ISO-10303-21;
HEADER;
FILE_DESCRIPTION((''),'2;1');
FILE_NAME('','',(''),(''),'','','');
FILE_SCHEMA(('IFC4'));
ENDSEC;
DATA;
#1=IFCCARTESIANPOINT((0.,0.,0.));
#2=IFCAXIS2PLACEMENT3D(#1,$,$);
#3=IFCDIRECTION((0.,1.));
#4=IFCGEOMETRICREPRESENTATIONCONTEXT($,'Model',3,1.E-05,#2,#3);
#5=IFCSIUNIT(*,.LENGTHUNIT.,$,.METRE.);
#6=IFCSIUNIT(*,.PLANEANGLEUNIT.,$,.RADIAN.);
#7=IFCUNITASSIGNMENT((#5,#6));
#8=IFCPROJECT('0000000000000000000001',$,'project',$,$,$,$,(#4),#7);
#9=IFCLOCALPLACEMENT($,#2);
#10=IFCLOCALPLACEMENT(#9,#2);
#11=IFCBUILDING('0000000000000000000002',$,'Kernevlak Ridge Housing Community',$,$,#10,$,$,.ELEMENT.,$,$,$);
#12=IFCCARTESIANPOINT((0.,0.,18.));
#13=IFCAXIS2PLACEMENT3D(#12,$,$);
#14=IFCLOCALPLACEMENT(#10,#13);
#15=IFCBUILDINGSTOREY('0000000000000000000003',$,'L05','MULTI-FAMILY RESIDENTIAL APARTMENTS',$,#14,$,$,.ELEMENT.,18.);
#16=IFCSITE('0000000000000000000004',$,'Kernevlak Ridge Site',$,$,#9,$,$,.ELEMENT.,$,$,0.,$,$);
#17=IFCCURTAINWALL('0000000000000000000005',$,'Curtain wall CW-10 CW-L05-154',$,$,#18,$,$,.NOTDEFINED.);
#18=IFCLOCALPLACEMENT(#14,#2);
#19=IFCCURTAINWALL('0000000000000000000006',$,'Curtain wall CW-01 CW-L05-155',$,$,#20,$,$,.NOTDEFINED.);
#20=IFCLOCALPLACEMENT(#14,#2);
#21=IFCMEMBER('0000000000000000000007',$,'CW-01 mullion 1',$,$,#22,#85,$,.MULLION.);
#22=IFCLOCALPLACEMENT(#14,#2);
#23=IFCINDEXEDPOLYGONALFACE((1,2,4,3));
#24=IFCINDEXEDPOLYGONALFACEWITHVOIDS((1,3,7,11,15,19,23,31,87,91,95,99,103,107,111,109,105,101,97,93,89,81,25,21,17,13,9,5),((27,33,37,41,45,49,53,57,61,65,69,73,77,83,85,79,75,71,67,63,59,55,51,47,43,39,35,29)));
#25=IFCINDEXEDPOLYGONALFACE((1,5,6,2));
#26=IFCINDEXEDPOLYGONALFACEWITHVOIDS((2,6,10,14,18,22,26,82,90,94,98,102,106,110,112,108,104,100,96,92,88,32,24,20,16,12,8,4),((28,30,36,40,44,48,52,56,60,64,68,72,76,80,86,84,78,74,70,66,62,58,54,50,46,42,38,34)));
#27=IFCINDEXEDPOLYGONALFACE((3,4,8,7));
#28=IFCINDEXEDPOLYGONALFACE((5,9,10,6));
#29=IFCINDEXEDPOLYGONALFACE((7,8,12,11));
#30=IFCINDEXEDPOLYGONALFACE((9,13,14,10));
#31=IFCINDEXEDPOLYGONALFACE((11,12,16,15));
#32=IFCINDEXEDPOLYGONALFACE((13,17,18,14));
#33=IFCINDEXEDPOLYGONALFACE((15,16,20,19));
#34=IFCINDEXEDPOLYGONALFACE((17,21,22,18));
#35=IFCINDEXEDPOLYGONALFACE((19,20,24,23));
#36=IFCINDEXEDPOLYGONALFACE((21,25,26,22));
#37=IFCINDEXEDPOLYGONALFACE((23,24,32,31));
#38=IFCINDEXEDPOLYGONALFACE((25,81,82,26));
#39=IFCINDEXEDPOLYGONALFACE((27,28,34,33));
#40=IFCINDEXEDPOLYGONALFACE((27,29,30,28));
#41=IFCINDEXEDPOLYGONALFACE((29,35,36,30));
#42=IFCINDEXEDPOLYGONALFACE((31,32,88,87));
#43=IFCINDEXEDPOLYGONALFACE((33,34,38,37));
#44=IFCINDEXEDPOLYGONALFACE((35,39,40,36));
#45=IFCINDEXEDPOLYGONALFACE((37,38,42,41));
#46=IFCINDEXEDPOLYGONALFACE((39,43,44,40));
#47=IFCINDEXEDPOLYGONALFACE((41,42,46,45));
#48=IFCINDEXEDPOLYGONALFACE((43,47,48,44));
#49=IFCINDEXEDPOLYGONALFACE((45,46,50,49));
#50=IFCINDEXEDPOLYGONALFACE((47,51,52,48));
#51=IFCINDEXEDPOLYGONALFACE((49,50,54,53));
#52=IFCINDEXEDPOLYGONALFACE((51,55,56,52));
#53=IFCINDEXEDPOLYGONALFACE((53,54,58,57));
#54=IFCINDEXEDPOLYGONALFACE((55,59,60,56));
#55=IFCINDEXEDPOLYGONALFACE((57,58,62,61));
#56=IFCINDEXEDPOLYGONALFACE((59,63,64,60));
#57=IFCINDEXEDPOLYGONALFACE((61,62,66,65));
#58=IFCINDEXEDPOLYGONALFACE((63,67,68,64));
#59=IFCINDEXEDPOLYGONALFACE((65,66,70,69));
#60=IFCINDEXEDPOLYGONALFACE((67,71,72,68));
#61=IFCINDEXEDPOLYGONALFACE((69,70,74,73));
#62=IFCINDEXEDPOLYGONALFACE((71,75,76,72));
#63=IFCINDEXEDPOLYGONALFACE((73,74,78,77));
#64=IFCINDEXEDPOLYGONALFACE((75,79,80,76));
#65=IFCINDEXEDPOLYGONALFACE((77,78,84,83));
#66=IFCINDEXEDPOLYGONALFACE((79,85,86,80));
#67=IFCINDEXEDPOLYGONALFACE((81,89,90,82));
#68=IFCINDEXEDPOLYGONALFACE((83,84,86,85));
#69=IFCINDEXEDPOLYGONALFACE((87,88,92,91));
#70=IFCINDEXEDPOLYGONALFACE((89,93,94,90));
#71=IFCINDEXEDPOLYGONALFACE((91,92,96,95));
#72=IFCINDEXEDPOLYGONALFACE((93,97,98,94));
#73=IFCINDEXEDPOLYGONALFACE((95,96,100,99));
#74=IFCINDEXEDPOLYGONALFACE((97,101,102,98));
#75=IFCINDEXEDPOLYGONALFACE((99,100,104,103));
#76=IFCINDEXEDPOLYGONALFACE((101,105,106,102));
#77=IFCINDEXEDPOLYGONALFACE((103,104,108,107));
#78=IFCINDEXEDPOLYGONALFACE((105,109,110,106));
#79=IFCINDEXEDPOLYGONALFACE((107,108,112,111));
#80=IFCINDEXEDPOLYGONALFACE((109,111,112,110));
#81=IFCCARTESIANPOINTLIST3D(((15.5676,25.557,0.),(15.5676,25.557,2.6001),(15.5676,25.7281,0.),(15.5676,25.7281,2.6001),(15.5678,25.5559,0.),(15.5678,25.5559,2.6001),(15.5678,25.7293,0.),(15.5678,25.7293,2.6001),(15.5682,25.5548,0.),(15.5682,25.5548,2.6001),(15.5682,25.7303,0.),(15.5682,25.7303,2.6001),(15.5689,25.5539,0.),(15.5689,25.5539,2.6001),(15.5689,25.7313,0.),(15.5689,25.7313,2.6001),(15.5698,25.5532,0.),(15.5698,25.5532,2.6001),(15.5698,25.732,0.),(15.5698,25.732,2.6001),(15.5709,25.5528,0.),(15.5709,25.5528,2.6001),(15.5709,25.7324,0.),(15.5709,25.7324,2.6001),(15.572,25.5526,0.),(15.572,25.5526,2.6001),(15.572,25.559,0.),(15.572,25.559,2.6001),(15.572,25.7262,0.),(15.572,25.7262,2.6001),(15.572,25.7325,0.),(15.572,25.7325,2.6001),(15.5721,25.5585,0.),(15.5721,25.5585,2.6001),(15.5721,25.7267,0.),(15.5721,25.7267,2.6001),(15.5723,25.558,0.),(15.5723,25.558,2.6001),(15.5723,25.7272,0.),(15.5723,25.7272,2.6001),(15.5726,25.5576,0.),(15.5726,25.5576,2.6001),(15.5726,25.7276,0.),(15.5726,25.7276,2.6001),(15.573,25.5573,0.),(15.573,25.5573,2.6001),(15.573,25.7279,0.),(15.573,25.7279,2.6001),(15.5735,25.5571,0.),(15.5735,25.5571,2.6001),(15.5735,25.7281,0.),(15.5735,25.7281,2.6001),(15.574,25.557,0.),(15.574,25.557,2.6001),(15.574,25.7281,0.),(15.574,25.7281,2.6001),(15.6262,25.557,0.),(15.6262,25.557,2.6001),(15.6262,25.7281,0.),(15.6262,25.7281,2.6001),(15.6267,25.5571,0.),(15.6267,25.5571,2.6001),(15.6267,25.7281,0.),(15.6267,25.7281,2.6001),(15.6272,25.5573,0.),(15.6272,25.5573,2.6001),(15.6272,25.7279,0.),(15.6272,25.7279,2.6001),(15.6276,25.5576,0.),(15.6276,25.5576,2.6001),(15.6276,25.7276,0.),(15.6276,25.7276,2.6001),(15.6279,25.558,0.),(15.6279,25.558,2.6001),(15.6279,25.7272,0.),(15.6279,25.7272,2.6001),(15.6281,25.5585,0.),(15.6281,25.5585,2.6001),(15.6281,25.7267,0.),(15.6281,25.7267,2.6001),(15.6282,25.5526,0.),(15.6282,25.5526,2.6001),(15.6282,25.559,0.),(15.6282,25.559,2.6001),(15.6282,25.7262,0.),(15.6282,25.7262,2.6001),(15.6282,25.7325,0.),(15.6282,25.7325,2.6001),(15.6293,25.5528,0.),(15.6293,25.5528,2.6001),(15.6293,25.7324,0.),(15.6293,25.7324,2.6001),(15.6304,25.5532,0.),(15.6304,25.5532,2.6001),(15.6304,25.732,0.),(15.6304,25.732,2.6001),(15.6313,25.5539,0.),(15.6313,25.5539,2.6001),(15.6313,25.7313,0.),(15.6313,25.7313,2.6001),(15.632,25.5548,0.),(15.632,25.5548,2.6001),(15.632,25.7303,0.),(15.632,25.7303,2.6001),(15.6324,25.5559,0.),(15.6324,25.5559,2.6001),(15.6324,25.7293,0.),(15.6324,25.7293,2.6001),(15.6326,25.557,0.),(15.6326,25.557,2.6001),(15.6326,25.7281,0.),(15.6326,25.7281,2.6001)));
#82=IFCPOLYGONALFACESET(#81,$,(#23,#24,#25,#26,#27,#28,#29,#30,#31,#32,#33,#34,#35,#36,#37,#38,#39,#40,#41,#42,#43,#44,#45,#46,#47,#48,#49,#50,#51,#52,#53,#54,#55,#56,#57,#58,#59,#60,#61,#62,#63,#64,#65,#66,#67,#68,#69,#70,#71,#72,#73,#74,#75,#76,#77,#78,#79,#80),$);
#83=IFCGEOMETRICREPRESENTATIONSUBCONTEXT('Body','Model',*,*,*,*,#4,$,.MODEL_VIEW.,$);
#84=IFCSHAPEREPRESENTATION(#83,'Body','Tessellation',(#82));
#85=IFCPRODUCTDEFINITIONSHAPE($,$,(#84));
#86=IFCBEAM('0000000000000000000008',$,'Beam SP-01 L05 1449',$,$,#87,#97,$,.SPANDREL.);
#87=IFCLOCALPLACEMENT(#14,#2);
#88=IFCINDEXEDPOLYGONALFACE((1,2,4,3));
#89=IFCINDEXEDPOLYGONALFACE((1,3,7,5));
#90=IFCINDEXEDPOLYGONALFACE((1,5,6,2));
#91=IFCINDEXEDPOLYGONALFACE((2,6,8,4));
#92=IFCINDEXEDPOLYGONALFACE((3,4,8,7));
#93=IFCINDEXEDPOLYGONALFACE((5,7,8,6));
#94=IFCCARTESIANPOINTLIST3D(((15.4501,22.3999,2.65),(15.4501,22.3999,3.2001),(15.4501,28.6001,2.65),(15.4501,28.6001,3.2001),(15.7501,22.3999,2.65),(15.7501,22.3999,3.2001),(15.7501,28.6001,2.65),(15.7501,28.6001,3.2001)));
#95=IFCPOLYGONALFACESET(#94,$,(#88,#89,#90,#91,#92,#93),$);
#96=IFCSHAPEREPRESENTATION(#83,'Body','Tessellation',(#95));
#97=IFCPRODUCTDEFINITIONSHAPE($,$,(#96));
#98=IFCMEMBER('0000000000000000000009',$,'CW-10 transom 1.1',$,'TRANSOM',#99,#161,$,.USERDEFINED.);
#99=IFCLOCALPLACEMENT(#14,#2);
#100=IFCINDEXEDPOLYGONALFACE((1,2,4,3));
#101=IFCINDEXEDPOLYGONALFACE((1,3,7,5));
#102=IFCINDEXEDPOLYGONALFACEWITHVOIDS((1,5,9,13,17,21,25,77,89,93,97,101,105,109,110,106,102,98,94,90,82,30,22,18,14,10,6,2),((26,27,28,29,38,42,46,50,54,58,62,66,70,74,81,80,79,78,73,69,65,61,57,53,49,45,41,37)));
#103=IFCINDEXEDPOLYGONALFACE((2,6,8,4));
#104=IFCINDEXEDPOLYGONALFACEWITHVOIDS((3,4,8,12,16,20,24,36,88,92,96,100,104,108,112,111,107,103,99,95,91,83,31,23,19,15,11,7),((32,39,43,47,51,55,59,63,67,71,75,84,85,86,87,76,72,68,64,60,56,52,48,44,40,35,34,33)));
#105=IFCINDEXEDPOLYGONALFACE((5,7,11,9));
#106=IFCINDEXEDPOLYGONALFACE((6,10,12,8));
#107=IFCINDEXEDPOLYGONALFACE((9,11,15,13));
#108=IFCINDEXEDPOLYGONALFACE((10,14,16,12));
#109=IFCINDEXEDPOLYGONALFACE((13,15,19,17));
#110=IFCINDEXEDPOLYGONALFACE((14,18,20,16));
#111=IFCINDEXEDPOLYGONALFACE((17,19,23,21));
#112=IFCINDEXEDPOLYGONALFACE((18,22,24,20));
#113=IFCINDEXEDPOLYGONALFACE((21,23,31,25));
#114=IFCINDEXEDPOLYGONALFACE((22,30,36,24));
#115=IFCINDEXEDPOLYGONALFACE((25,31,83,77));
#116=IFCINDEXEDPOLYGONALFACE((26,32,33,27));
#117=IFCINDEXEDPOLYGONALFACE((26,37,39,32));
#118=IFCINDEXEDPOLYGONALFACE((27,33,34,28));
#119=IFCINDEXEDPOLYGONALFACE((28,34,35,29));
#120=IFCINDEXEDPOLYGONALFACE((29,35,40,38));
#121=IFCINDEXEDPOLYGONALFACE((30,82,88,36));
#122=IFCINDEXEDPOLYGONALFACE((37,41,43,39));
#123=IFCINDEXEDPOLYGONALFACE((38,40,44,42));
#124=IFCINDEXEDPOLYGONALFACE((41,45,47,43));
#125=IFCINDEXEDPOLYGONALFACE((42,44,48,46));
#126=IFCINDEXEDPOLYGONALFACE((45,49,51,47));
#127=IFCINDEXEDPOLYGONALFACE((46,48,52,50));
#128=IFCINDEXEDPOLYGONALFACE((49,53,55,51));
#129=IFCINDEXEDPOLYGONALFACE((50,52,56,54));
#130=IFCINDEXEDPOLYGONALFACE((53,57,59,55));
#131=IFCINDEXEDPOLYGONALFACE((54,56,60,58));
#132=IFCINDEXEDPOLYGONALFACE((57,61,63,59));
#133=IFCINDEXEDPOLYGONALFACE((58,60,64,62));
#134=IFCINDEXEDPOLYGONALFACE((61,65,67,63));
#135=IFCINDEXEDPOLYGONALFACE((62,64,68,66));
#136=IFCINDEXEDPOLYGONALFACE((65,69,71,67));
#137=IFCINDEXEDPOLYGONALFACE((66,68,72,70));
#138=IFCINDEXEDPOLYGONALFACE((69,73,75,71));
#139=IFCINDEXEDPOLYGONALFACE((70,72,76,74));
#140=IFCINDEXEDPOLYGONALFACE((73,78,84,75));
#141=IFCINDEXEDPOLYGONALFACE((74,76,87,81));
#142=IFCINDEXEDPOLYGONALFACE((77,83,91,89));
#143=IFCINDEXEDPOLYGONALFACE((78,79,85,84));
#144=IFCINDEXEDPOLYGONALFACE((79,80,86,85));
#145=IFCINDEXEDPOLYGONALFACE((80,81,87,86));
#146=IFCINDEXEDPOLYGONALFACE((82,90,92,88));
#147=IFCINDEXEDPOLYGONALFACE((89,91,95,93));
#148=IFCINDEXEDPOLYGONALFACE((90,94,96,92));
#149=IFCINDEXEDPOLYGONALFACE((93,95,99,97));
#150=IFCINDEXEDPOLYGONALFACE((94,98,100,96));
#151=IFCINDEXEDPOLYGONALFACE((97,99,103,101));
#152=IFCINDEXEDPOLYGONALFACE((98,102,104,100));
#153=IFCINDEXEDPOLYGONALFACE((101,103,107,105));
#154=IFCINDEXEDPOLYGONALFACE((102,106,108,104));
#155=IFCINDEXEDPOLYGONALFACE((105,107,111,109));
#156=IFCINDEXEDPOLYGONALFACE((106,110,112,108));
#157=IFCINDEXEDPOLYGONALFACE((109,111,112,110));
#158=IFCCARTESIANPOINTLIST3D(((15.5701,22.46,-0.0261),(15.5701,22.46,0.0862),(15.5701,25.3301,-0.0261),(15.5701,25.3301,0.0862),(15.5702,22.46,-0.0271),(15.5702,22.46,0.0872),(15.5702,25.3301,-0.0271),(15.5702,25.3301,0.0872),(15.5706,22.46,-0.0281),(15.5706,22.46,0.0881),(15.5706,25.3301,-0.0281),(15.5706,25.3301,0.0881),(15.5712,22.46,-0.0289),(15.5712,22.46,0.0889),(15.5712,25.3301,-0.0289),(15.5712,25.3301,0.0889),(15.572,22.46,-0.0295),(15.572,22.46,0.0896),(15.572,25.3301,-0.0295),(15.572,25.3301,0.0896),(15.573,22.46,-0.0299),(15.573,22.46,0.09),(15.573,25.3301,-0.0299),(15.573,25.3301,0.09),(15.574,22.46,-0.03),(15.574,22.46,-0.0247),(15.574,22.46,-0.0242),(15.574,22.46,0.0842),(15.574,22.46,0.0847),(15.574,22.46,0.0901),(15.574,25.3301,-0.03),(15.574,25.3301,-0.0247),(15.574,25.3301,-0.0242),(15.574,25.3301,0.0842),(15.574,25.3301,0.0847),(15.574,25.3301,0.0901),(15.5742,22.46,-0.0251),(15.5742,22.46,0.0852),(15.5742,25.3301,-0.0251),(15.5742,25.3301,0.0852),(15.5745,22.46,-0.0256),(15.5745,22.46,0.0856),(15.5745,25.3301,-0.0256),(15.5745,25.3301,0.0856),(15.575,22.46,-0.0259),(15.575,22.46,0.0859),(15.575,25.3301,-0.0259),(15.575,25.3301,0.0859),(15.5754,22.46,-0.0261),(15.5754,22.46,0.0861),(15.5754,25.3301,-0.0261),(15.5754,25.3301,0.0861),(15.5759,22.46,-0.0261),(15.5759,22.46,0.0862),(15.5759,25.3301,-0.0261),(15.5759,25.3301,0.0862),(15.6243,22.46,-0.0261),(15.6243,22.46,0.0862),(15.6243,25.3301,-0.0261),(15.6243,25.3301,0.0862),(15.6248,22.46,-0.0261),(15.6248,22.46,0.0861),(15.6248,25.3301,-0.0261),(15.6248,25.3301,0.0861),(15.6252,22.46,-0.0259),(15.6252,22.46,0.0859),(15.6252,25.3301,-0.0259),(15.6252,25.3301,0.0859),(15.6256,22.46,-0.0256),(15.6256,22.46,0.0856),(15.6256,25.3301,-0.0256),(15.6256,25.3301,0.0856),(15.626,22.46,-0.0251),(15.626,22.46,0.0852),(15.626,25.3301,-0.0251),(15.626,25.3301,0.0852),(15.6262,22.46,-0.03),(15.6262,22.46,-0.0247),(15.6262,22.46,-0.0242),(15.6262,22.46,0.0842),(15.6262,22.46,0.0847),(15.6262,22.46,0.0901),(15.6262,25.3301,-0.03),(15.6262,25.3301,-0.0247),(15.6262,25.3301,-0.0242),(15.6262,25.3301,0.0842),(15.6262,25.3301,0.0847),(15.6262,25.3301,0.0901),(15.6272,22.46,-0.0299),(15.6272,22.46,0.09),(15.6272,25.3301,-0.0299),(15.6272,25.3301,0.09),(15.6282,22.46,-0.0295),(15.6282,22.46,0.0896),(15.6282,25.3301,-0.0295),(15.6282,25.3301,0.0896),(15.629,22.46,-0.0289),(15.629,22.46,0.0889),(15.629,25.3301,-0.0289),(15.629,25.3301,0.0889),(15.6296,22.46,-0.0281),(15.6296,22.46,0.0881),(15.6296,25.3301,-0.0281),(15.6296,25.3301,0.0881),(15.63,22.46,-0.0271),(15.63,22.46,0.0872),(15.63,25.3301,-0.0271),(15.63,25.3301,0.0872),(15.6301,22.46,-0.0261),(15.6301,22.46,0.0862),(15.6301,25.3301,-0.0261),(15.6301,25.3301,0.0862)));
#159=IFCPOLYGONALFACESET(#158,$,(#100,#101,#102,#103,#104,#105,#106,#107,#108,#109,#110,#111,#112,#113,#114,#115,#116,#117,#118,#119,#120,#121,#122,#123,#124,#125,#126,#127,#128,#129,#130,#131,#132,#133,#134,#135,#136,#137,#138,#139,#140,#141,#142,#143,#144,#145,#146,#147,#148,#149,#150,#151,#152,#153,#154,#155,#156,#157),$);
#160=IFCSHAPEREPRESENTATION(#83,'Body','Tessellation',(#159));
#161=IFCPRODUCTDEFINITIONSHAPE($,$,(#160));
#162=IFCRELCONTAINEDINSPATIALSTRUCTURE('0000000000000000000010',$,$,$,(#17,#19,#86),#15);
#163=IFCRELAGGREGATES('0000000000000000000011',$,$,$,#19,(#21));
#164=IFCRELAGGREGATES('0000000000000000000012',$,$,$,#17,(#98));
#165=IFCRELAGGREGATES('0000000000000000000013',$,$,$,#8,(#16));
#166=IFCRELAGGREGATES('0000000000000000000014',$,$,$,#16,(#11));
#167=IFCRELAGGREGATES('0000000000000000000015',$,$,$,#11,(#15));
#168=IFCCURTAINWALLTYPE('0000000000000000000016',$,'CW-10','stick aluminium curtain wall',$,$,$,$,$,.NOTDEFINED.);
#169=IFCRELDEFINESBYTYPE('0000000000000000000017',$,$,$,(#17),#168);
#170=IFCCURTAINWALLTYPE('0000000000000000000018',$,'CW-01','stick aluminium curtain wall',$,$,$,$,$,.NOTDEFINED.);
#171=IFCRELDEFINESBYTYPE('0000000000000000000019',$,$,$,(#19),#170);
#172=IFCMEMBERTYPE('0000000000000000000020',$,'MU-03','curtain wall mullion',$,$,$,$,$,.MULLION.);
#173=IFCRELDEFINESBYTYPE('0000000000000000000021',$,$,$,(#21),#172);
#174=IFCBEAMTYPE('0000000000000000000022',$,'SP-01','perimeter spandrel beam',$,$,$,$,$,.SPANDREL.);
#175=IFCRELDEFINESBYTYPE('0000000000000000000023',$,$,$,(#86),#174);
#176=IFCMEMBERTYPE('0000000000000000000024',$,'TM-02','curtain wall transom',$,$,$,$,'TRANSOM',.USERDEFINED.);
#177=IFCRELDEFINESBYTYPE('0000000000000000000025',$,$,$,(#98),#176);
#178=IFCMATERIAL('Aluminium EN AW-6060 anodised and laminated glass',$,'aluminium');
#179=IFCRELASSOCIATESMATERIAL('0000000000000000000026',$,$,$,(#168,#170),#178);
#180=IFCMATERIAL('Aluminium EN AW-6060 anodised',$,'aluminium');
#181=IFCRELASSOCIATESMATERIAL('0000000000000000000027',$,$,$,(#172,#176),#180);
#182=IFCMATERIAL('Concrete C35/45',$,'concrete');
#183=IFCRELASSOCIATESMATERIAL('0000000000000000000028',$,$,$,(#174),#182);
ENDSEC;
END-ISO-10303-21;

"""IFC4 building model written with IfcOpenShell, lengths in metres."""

from ifc_helpers import new_model, si_unit, direction, frame, origin, origin_2d, place, context, subcontext, project, spatial, rectangle, hollow_rectangle, extrude, material, material_profile, profile_set, type_object, element, aggregate, save


model = new_model("IFC4")

# Units and contexts
model_context = context("Model", 3, precision=1e-05, world=origin(), true_north=direction((0.0, 1.0)))
body_context = subcontext(model_context, "Body", "Model", "MODEL_VIEW")
ifc_project = project(units=[si_unit("LENGTHUNIT", "METRE"), si_unit("PLANEANGLEUNIT", "RADIAN")], contexts=[model_context])

# Site, building, storey
site_placement = place(None, origin())
site = spatial("IfcSite", under=ifc_project, at=site_placement, Name="Kernevlak Ridge Site", CompositionType="ELEMENT", RefElevation=0.0)
building_placement = place(site_placement, origin())
building = spatial("IfcBuilding", under=site, at=building_placement, Name="Kernevlak Ridge Housing Community", CompositionType="ELEMENT")
storey_placement = place(building_placement, frame((0.0, 0.0, 18.0)))
storey = spatial("IfcBuildingStorey", under=building, at=storey_placement, Name="L05", Description="MULTI-FAMILY RESIDENTIAL APARTMENTS", CompositionType="ELEMENT", Elevation=18.0)

# Shared definitions
ifc_material_1 = material(Name="Concrete C35/45", Category="concrete")

# Curtain wall
ifc_material_2 = material(Name="Aluminium EN AW-6060 anodised and laminated glass", Category="aluminium")
curtain_wall_type_1 = type_object("IfcCurtainWallType", Name="CW-10", Description="stick aluminium curtain wall", PredefinedType="NOTDEFINED", material=ifc_material_2)
curtain_wall_1_placement = place(storey_placement, origin())
curtain_wall_1 = element("IfcCurtainWall", 1, at=curtain_wall_1_placement, inside=storey, type_object=curtain_wall_type_1, Name="Curtain wall CW-10 CW-L05-154", PredefinedType="NOTDEFINED")
ifc_material_3 = material(Name="Aluminium EN AW-6060 anodised", Category="aluminium")

# Curtain wall, member
curtain_wall_type_2 = type_object("IfcCurtainWallType", Name="CW-01", Description="stick aluminium curtain wall", PredefinedType="NOTDEFINED", material=ifc_material_2)
curtain_wall_2_placement = place(storey_placement, origin())
curtain_wall_2 = element("IfcCurtainWall", 2, at=curtain_wall_2_placement, inside=storey, type_object=curtain_wall_type_2, Name="Curtain wall CW-01 CW-L05-155", PredefinedType="NOTDEFINED")
ifc_material_profile_1 = material_profile(ifc_material_3, hollow_rectangle(XDim=0.0649, YDim=0.1799, WallThickness=0.0044, InnerFilletRadius=0.002, OuterFilletRadius=0.0044, at=origin_2d()), Name="ALU 65x180x4.5")
ifc_profile_set_1 = profile_set([ifc_material_profile_1], Name="Aluminium EN AW-6060 anodised")
member_type_1 = type_object("IfcMemberType", Name="MU-03", Description="curtain wall mullion", PredefinedType="MULLION", material=ifc_profile_set_1)
member_1_placement = place(storey_placement, frame((15.6001, 25.6426, 0.0), z_axis=(0.0, 0.0, 1.0), x_axis=(-1.0, 0.0, 0.0)))
member_1 = element("IfcMember", 3, at=member_1_placement, type_object=member_type_1, Name="CW-01 mullion 1", PredefinedType="MULLION", context=body_context, shape_type="SweptSolid", body=[
    extrude(hollow_rectangle(XDim=0.0649, YDim=0.1799, WallThickness=0.0044, InnerFilletRadius=0.002, OuterFilletRadius=0.0044, at=origin_2d()), origin(), (0.0, 0.0, 1.0), 2.6001),
])

# Beam
ifc_material_profile_2 = material_profile(ifc_material_1, rectangle(XDim=0.3, YDim=0.55, at=origin_2d()), Name="RC 300x550")
ifc_profile_set_2 = profile_set([ifc_material_profile_2], Name="Concrete C35/45")
beam_type_1 = type_object("IfcBeamType", Name="SP-01", Description="perimeter spandrel beam", PredefinedType="SPANDREL", material=ifc_profile_set_2)
beam_1_placement = place(storey_placement, frame((15.6001, 22.3999, 2.925), z_axis=(0.0, 1.0, 0.0), x_axis=(-1.0, 0.0, 0.0)))
element("IfcBeam", 4, at=beam_1_placement, inside=storey, type_object=beam_type_1, Name="Beam SP-01 L05 1449", PredefinedType="SPANDREL", context=body_context, shape_type="SweptSolid", body=[
    extrude(rectangle(XDim=0.3, YDim=0.55, at=origin_2d()), origin(), (0.0, 0.0, 1.0), 6.2002),
])

# Member
ifc_material_profile_3 = material_profile(ifc_material_3, hollow_rectangle(XDim=0.0601, YDim=0.1201, WallThickness=0.0039, InnerFilletRadius=0.002, OuterFilletRadius=0.0039, at=origin_2d()), Name="ALU 60x120x4")
ifc_profile_set_3 = profile_set([ifc_material_profile_3], Name="Aluminium EN AW-6060 anodised")
member_type_2 = type_object("IfcMemberType", Name="TM-02", Description="curtain wall transom", ElementType="TRANSOM", PredefinedType="USERDEFINED", material=ifc_profile_set_3)
member_2_placement = place(storey_placement, frame((15.6001, 22.46, 0.03), z_axis=(0.0, 1.0, 0.0), x_axis=(-1.0, 0.0, 0.0)))
member_2 = element("IfcMember", 5, at=member_2_placement, type_object=member_type_2, Name="CW-10 transom 1.1", ObjectType="TRANSOM", PredefinedType="USERDEFINED", context=body_context, shape_type="SweptSolid", body=[
    extrude(hollow_rectangle(XDim=0.0601, YDim=0.1201, WallThickness=0.0039, InnerFilletRadius=0.002, OuterFilletRadius=0.0039, at=origin_2d()), origin(), (0.0, 0.0, 1.0), 2.8701),
])
aggregate(curtain_wall_2, [member_1])

aggregate(curtain_wall_1, [member_2])

save(model, "model.ifc")
